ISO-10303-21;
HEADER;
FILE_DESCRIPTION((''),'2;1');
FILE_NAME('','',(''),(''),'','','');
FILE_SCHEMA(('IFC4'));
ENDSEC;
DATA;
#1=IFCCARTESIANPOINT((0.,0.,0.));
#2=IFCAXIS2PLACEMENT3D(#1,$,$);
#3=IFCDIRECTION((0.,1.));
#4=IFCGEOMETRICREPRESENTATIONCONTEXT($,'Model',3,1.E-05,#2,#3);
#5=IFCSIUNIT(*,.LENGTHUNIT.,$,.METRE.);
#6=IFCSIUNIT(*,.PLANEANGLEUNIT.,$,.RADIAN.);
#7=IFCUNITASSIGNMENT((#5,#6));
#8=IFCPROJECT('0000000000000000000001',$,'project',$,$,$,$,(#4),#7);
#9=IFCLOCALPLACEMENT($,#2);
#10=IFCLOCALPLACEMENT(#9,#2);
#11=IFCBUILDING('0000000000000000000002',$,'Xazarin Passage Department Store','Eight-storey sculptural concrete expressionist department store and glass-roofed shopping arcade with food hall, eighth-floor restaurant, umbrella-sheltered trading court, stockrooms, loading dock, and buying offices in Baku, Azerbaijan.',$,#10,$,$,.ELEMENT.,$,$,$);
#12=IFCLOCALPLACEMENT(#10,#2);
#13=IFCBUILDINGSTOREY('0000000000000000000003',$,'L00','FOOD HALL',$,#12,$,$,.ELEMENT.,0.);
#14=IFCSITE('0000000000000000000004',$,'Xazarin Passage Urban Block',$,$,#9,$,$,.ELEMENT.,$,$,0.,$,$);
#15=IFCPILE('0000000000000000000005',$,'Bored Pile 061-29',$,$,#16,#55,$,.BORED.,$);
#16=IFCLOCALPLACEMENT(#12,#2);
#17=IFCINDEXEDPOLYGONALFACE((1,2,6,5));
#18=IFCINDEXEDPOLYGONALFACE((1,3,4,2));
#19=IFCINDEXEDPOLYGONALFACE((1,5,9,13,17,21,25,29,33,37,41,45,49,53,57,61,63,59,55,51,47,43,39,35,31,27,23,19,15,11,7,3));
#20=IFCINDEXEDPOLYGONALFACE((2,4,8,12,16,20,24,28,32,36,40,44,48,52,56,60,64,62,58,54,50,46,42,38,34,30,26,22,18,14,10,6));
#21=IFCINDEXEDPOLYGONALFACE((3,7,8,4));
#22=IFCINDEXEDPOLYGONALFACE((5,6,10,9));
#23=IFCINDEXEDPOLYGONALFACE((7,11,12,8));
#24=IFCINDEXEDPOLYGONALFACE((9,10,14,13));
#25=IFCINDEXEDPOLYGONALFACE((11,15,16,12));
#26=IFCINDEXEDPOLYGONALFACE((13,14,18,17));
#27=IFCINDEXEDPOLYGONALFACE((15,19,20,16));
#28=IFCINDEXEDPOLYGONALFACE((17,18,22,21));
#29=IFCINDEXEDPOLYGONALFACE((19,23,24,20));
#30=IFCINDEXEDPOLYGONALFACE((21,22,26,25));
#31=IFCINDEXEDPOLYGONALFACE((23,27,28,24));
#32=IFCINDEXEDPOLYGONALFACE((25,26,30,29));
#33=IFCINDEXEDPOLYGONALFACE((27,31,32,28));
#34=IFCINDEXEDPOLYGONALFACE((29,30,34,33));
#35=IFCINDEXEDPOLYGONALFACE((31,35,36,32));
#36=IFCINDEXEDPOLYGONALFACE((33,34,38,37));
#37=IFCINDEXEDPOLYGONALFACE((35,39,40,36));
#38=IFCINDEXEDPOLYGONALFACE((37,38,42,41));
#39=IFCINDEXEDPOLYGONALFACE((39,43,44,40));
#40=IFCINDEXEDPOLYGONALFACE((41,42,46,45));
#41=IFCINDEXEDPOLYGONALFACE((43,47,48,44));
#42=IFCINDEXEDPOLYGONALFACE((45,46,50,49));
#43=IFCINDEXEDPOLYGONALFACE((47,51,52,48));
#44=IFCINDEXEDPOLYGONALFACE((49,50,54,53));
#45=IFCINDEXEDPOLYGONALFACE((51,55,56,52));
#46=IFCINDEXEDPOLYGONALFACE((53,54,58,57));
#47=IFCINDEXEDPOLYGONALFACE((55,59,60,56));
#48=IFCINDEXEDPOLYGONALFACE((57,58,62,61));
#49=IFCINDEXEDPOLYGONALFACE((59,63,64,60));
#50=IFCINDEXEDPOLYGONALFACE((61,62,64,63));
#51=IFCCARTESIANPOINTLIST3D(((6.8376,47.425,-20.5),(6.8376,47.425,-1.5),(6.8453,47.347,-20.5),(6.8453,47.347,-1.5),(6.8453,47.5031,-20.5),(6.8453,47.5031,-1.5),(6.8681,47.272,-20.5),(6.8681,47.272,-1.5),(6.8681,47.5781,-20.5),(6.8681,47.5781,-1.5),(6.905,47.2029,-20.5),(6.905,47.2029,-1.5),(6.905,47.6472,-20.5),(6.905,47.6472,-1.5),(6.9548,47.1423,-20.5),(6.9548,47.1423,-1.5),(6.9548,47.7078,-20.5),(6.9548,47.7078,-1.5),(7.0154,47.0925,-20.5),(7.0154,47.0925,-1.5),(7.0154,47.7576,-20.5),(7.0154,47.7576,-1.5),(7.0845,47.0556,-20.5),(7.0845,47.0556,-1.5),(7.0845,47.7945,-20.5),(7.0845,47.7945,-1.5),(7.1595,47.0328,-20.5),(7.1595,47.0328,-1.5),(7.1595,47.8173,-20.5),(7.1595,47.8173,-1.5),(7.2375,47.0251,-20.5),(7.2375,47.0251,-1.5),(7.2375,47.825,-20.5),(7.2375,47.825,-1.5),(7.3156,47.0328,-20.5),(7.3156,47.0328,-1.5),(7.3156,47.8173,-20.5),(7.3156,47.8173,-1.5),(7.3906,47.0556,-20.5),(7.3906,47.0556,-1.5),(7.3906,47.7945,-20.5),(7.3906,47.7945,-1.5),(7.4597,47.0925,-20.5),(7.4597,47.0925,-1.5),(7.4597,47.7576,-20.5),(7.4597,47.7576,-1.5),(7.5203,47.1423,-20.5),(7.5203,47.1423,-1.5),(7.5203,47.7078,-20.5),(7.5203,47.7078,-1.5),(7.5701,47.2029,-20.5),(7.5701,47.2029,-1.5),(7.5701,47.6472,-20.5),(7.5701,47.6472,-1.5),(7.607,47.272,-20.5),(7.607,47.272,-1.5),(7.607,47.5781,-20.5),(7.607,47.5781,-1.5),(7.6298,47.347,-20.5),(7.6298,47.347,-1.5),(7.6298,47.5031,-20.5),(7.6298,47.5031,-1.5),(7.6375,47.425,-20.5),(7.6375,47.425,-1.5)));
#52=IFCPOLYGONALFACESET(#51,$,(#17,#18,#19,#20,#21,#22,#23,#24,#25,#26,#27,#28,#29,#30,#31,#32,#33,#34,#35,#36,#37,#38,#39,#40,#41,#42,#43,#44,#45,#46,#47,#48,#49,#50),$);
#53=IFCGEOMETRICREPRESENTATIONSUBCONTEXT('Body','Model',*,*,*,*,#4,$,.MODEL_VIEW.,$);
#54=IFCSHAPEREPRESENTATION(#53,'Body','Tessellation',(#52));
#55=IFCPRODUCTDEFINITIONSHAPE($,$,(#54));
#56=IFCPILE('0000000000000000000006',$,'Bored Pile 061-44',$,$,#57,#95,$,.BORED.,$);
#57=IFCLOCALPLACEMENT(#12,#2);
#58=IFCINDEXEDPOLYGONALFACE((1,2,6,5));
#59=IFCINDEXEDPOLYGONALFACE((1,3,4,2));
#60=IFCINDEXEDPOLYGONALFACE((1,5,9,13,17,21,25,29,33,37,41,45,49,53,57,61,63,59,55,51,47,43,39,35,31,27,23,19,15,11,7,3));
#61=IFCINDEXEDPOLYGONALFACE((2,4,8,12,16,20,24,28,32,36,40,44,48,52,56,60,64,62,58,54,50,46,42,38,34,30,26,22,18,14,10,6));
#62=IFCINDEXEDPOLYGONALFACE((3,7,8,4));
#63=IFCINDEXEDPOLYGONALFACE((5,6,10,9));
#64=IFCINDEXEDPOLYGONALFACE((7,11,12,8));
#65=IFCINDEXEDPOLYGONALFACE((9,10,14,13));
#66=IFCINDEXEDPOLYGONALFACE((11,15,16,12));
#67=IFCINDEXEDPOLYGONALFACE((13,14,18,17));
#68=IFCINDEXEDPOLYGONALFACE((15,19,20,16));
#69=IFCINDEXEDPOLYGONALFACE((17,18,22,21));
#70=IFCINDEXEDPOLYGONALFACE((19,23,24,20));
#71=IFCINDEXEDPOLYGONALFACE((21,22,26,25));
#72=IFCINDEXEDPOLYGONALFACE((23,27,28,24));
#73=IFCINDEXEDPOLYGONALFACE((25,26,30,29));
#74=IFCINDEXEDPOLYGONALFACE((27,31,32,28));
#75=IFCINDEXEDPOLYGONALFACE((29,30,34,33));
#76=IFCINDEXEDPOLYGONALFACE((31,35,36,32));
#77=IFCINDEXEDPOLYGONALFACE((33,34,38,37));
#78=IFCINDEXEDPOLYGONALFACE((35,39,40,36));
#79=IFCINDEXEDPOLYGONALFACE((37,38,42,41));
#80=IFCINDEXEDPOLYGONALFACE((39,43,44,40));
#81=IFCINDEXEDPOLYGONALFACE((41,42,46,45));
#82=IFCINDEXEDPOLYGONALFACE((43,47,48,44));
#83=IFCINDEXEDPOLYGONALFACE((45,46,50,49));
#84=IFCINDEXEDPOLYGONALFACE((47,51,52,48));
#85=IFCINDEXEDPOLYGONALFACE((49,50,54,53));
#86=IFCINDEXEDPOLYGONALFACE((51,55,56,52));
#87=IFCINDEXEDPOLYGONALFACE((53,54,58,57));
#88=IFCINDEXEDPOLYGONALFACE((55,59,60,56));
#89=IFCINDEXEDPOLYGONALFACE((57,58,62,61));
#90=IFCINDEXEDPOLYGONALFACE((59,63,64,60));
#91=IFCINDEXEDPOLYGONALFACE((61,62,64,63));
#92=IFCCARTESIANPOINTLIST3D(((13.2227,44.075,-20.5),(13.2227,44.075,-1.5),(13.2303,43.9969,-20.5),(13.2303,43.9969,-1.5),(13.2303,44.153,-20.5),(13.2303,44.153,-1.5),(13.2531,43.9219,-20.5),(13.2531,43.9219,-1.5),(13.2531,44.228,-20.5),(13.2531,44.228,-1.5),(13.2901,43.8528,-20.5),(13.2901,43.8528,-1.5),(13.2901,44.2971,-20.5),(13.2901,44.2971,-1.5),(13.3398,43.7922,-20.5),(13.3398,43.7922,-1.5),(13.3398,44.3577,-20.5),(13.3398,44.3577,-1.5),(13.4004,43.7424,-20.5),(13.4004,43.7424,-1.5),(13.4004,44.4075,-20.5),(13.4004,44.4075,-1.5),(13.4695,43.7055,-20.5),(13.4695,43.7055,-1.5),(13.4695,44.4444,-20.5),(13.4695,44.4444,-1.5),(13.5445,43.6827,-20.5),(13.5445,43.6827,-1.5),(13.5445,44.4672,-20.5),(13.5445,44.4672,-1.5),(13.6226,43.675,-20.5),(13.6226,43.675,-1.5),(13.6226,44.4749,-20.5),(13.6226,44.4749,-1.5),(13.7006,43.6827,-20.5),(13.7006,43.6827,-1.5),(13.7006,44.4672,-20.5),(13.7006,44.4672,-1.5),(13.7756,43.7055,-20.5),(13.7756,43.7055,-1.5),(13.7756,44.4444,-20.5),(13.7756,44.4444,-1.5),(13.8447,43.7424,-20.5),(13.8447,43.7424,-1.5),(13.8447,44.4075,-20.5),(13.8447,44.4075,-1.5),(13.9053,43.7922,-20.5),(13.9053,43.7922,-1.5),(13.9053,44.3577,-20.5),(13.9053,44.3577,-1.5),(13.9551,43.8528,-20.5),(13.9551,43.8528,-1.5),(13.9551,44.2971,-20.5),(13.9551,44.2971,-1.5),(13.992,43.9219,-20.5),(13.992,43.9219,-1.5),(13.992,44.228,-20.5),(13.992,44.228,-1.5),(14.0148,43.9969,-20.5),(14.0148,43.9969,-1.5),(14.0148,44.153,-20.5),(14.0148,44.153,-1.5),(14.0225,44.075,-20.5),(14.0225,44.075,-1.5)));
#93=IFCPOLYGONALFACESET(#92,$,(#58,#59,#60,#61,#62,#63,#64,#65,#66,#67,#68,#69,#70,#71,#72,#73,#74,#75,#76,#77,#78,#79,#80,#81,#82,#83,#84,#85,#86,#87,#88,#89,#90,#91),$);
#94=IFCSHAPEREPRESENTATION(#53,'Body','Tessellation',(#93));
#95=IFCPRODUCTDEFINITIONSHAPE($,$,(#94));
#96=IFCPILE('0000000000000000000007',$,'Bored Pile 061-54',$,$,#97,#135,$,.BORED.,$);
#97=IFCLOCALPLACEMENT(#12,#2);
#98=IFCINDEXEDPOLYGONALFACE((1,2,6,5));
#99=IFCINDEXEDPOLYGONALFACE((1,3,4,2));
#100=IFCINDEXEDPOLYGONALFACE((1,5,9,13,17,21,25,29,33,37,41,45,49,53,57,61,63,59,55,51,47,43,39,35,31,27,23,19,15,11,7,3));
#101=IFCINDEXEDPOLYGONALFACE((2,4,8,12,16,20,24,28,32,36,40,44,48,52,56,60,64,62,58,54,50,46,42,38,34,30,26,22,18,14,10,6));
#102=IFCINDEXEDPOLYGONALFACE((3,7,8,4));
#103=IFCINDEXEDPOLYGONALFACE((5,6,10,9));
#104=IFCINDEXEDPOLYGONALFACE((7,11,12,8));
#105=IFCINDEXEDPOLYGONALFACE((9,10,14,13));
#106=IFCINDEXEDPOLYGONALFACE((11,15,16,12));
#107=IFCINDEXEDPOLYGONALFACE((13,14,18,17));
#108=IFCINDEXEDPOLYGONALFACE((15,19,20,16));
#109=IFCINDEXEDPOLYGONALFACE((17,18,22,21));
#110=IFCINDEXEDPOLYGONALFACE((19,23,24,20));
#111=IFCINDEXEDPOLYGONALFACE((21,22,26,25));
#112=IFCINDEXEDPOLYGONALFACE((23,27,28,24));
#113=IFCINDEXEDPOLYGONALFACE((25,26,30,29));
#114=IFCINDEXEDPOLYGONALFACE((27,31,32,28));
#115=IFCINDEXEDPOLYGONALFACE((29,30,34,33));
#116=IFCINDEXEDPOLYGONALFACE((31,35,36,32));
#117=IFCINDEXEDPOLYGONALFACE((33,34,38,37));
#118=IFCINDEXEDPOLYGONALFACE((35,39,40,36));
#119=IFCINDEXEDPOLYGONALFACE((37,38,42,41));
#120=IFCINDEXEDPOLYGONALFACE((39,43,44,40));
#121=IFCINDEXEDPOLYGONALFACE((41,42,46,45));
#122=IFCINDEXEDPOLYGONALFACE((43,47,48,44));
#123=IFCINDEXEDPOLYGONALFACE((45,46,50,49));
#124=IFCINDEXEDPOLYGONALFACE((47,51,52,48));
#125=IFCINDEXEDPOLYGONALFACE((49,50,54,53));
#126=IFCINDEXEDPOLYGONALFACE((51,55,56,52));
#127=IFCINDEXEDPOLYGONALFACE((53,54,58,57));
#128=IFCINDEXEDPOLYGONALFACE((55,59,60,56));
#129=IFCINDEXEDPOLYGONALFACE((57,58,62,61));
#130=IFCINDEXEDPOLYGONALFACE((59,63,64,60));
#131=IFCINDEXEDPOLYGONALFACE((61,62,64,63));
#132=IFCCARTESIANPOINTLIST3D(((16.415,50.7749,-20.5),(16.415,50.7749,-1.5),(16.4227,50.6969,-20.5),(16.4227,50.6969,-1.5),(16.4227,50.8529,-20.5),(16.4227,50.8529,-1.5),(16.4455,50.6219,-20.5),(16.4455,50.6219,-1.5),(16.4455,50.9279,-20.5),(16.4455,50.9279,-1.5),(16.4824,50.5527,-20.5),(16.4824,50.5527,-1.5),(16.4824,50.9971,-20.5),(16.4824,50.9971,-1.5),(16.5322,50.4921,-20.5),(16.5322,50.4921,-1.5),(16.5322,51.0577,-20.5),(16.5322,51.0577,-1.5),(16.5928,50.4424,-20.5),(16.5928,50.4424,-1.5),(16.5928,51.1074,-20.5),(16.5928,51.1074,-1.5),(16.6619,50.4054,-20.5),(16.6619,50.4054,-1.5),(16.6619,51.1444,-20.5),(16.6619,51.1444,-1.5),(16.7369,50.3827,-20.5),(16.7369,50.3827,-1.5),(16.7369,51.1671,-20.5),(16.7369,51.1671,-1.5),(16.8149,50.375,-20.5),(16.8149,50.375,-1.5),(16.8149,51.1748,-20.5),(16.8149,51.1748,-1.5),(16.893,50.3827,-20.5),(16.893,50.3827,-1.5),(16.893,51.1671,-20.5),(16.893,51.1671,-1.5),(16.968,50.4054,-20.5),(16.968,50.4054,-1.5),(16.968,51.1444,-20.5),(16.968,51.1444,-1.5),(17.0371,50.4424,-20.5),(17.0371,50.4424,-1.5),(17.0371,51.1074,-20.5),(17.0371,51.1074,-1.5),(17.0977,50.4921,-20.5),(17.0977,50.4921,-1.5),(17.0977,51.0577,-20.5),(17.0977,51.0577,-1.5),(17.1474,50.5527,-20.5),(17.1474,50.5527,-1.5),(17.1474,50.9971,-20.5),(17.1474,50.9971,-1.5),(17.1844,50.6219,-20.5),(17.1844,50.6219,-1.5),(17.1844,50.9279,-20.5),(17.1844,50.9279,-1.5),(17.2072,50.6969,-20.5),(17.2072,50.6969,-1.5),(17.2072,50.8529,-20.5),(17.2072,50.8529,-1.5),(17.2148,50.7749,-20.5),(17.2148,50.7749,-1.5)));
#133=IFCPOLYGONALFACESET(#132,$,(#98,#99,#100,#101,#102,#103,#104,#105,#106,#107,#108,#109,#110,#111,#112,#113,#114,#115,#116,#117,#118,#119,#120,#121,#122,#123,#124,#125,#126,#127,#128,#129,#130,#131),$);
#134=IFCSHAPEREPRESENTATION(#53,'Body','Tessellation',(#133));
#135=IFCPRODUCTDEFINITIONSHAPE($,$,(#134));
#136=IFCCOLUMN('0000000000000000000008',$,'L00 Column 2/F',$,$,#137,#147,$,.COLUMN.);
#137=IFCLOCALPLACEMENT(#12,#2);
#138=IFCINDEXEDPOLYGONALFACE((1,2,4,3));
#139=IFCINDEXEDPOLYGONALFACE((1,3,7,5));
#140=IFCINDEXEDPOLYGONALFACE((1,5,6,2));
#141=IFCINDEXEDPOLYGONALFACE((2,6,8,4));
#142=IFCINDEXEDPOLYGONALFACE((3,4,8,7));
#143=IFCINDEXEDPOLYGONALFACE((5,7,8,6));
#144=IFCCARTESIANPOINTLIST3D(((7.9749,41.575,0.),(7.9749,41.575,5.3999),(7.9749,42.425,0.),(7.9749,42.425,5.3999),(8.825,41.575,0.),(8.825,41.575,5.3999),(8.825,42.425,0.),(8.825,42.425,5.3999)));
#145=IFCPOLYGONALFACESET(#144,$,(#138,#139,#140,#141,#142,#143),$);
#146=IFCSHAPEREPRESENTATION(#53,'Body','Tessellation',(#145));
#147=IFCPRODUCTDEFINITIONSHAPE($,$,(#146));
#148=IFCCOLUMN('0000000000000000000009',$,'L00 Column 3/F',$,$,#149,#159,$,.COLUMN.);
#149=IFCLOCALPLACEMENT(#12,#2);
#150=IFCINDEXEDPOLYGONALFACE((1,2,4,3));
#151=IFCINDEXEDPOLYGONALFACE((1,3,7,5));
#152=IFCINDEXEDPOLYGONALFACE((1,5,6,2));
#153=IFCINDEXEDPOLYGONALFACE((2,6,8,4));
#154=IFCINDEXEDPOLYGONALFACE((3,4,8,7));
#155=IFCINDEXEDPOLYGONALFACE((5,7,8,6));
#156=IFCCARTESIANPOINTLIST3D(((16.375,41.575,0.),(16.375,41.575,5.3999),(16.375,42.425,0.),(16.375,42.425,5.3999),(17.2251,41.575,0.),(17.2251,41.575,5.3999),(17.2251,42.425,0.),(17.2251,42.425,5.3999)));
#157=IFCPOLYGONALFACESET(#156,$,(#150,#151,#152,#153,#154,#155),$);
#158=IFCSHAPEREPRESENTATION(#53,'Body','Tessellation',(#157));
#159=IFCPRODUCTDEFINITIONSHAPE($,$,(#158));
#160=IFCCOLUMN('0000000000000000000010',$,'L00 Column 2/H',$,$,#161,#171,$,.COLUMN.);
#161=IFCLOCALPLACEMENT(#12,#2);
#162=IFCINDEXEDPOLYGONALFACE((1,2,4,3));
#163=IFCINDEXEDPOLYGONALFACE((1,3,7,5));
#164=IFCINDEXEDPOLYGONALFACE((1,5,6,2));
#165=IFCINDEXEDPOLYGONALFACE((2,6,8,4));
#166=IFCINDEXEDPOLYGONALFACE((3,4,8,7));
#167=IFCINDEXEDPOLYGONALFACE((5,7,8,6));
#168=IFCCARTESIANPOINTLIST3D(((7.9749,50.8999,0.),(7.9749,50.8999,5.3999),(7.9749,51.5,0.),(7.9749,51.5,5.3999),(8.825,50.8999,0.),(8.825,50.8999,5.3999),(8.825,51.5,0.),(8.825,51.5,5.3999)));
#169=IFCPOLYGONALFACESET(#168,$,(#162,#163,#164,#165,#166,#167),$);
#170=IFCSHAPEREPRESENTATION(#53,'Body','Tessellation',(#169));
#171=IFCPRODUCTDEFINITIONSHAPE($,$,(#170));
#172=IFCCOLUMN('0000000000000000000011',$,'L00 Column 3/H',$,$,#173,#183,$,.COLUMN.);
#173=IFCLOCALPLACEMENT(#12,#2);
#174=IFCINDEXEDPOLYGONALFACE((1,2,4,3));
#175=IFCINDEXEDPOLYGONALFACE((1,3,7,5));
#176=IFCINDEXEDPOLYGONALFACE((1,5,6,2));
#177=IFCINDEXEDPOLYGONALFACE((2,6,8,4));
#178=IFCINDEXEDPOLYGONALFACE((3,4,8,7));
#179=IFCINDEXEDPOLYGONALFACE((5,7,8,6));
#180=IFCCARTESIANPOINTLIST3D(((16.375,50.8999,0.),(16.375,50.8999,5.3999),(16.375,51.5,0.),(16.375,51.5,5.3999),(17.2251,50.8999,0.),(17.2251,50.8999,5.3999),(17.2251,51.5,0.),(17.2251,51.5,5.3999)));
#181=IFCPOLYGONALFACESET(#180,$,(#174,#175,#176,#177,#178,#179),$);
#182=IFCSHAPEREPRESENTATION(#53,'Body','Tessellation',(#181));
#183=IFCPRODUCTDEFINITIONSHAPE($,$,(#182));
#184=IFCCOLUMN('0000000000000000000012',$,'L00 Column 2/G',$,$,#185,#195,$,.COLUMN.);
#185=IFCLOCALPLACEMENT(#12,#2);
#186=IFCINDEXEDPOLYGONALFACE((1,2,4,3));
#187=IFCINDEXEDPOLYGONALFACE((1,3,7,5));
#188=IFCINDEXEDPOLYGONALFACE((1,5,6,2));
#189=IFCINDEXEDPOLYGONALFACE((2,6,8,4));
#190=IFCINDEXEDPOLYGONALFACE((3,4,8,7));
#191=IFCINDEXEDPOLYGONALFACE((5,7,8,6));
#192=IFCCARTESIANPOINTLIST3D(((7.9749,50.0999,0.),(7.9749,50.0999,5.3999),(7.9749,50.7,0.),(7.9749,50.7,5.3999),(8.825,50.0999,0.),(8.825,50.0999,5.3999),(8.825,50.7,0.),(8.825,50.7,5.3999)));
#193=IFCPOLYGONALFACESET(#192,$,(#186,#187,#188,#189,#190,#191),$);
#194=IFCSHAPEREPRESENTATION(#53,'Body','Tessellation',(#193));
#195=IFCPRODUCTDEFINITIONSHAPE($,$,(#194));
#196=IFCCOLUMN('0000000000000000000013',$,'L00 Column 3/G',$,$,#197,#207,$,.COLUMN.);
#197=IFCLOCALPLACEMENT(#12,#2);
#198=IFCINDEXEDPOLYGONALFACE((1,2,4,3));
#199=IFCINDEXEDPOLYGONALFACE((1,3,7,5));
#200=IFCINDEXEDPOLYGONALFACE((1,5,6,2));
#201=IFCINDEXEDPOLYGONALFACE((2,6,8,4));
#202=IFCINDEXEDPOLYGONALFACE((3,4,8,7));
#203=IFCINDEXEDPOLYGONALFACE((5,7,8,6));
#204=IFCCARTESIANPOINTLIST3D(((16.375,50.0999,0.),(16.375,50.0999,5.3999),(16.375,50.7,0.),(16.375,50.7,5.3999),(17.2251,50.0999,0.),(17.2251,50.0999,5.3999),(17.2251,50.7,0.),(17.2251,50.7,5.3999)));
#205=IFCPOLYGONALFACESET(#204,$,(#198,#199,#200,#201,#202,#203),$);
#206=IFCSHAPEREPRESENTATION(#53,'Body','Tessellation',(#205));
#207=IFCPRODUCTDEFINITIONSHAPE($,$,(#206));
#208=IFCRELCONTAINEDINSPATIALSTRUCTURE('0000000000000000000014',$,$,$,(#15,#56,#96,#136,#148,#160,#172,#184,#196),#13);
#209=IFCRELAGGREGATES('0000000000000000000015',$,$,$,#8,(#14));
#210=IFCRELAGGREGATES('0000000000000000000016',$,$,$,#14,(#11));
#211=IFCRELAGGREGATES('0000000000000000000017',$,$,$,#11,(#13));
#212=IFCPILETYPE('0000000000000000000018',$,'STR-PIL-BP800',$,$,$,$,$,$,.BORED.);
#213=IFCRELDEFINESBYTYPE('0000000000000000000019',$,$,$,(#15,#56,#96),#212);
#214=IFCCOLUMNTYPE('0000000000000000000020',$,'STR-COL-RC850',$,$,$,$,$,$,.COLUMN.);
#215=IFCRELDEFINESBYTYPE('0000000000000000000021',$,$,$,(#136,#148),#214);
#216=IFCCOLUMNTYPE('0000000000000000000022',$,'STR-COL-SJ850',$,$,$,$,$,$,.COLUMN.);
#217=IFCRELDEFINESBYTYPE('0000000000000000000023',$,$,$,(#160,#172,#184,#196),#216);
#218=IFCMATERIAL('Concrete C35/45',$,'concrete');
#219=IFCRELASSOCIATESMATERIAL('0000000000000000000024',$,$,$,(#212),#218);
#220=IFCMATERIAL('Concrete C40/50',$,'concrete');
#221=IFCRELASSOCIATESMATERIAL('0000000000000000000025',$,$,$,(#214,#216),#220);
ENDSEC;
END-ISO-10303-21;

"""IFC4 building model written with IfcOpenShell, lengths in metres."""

from ifc_helpers import new_model, si_unit, direction, frame, origin, origin_2d, place, context, subcontext, project, spatial, rectangle, circle, extrude, material, material_profile, profile_set, type_object, element, save


model = new_model("IFC4")

# Units and contexts
model_context = context("Model", 3, precision=1e-05, world=origin(), true_north=direction((0.0, 1.0)))
body_context = subcontext(model_context, "Body", "Model", "MODEL_VIEW")
ifc_project = project(units=[si_unit("LENGTHUNIT", "METRE"), si_unit("PLANEANGLEUNIT", "RADIAN")], contexts=[model_context])

# Site, building, storey
site_placement = place(None, origin())
site = spatial("IfcSite", under=ifc_project, at=site_placement, Name="Xazarin Passage Urban Block", CompositionType="ELEMENT", RefElevation=0.0)
building_placement = place(site_placement, origin())
building = spatial("IfcBuilding", under=site, at=building_placement, Name="Xazarin Passage Department Store", Description="Eight-storey sculptural concrete expressionist department store and glass-roofed shopping arcade with food hall, eighth-floor restaurant, umbrella-sheltered trading court, stockrooms, loading dock, and buying offices in Baku, Azerbaijan.", CompositionType="ELEMENT")
storey_placement = place(building_placement, origin())
storey = spatial("IfcBuildingStorey", under=building, at=storey_placement, Name="L00", Description="FOOD HALL", CompositionType="ELEMENT", Elevation=0.0)

# Piles
ifc_material_1 = material(Name="Concrete C35/45", Category="concrete")
ifc_material_profile_1 = material_profile(ifc_material_1, circle(Radius=0.3999, at=origin_2d()), Name="BP 800")
ifc_profile_set_1 = profile_set([ifc_material_profile_1], Name="Concrete C35/45")
pile_type_1 = type_object("IfcPileType", Name="STR-PIL-BP800", PredefinedType="BORED", material=ifc_profile_set_1)
for number, where, z_axis, x_axis, name in (
    (1, (7.2375, 47.425, -1.5), (0.0, 0.0, -1.0), (1.0, 0.0, 0.0), "Bored Pile 061-29"),
    (2, (13.6226, 44.075, -1.5), (0.0, 0.0, -1.0), (1.0, 0.0, 0.0), "Bored Pile 061-44"),
    (3, (16.8149, 50.7749, -1.5), (0.0, 0.0, -1.0), (1.0, 0.0, 0.0), "Bored Pile 061-54"),
):
    element("IfcPile", number, at=place(storey_placement, frame(where, z_axis=z_axis, x_axis=x_axis)), inside=storey, type_object=pile_type_1, Name=name, PredefinedType="BORED", context=body_context, shape_type="SweptSolid", body=[
        extrude(circle(Radius=0.3999, at=origin_2d()), origin(), (0.0, 0.0, 1.0), 19.0),
    ])

# Columns
ifc_material_2 = material(Name="Concrete C40/50", Category="concrete")
ifc_material_profile_2 = material_profile(ifc_material_2, rectangle(XDim=0.8501, YDim=0.8501, at=origin_2d()), Name="RC 850x850")
ifc_profile_set_2 = profile_set([ifc_material_profile_2], Name="Concrete C40/50")
column_type_1 = type_object("IfcColumnType", Name="STR-COL-RC850", PredefinedType="COLUMN", material=ifc_profile_set_2)
for number, where, z_axis, x_axis, name in (
    (4, (8.3999, 42.0, 0.0), (0.0, 0.0, 1.0), (1.0, 0.0, 0.0), "L00 Column 2/F"),
    (5, (16.8, 42.0, 0.0), (0.0, 0.0, 1.0), (1.0, 0.0, 0.0), "L00 Column 3/F"),
):
    element("IfcColumn", number, at=place(storey_placement, frame(where, z_axis=z_axis, x_axis=x_axis)), inside=storey, type_object=column_type_1, Name=name, PredefinedType="COLUMN", context=body_context, shape_type="SweptSolid", body=[
        extrude(rectangle(XDim=0.8501, YDim=0.8501, at=origin_2d()), origin(), (0.0, 0.0, 1.0), 5.3999),
    ])
ifc_material_profile_3 = material_profile(ifc_material_2, rectangle(XDim=0.6001, YDim=0.8501, at=origin_2d()), Name="RC 600x850")
ifc_profile_set_3 = profile_set([ifc_material_profile_3], Name="Concrete C40/50")
column_type_2 = type_object("IfcColumnType", Name="STR-COL-SJ850", PredefinedType="COLUMN", material=ifc_profile_set_3)
for number, where, z_axis, x_axis, name in (
    (6, (8.3999, 51.2, 0.0), (0.0, 0.0, 1.0), (0.0, 1.0, 0.0), "L00 Column 2/H"),
    (7, (16.8, 51.2, 0.0), (0.0, 0.0, 1.0), (0.0, 1.0, 0.0), "L00 Column 3/H"),
    (8, (8.3999, 50.3999, 0.0), (0.0, 0.0, 1.0), (0.0, 1.0, 0.0), "L00 Column 2/G"),
    (9, (16.8, 50.3999, 0.0), (0.0, 0.0, 1.0), (0.0, 1.0, 0.0), "L00 Column 3/G"),
):
    element("IfcColumn", number, at=place(storey_placement, frame(where, z_axis=z_axis, x_axis=x_axis)), inside=storey, type_object=column_type_2, Name=name, PredefinedType="COLUMN", context=body_context, shape_type="SweptSolid", body=[
        extrude(rectangle(XDim=0.6001, YDim=0.8501, at=origin_2d()), origin(), (0.0, 0.0, 1.0), 5.3999),
    ])

save(model, "model.ifc")
